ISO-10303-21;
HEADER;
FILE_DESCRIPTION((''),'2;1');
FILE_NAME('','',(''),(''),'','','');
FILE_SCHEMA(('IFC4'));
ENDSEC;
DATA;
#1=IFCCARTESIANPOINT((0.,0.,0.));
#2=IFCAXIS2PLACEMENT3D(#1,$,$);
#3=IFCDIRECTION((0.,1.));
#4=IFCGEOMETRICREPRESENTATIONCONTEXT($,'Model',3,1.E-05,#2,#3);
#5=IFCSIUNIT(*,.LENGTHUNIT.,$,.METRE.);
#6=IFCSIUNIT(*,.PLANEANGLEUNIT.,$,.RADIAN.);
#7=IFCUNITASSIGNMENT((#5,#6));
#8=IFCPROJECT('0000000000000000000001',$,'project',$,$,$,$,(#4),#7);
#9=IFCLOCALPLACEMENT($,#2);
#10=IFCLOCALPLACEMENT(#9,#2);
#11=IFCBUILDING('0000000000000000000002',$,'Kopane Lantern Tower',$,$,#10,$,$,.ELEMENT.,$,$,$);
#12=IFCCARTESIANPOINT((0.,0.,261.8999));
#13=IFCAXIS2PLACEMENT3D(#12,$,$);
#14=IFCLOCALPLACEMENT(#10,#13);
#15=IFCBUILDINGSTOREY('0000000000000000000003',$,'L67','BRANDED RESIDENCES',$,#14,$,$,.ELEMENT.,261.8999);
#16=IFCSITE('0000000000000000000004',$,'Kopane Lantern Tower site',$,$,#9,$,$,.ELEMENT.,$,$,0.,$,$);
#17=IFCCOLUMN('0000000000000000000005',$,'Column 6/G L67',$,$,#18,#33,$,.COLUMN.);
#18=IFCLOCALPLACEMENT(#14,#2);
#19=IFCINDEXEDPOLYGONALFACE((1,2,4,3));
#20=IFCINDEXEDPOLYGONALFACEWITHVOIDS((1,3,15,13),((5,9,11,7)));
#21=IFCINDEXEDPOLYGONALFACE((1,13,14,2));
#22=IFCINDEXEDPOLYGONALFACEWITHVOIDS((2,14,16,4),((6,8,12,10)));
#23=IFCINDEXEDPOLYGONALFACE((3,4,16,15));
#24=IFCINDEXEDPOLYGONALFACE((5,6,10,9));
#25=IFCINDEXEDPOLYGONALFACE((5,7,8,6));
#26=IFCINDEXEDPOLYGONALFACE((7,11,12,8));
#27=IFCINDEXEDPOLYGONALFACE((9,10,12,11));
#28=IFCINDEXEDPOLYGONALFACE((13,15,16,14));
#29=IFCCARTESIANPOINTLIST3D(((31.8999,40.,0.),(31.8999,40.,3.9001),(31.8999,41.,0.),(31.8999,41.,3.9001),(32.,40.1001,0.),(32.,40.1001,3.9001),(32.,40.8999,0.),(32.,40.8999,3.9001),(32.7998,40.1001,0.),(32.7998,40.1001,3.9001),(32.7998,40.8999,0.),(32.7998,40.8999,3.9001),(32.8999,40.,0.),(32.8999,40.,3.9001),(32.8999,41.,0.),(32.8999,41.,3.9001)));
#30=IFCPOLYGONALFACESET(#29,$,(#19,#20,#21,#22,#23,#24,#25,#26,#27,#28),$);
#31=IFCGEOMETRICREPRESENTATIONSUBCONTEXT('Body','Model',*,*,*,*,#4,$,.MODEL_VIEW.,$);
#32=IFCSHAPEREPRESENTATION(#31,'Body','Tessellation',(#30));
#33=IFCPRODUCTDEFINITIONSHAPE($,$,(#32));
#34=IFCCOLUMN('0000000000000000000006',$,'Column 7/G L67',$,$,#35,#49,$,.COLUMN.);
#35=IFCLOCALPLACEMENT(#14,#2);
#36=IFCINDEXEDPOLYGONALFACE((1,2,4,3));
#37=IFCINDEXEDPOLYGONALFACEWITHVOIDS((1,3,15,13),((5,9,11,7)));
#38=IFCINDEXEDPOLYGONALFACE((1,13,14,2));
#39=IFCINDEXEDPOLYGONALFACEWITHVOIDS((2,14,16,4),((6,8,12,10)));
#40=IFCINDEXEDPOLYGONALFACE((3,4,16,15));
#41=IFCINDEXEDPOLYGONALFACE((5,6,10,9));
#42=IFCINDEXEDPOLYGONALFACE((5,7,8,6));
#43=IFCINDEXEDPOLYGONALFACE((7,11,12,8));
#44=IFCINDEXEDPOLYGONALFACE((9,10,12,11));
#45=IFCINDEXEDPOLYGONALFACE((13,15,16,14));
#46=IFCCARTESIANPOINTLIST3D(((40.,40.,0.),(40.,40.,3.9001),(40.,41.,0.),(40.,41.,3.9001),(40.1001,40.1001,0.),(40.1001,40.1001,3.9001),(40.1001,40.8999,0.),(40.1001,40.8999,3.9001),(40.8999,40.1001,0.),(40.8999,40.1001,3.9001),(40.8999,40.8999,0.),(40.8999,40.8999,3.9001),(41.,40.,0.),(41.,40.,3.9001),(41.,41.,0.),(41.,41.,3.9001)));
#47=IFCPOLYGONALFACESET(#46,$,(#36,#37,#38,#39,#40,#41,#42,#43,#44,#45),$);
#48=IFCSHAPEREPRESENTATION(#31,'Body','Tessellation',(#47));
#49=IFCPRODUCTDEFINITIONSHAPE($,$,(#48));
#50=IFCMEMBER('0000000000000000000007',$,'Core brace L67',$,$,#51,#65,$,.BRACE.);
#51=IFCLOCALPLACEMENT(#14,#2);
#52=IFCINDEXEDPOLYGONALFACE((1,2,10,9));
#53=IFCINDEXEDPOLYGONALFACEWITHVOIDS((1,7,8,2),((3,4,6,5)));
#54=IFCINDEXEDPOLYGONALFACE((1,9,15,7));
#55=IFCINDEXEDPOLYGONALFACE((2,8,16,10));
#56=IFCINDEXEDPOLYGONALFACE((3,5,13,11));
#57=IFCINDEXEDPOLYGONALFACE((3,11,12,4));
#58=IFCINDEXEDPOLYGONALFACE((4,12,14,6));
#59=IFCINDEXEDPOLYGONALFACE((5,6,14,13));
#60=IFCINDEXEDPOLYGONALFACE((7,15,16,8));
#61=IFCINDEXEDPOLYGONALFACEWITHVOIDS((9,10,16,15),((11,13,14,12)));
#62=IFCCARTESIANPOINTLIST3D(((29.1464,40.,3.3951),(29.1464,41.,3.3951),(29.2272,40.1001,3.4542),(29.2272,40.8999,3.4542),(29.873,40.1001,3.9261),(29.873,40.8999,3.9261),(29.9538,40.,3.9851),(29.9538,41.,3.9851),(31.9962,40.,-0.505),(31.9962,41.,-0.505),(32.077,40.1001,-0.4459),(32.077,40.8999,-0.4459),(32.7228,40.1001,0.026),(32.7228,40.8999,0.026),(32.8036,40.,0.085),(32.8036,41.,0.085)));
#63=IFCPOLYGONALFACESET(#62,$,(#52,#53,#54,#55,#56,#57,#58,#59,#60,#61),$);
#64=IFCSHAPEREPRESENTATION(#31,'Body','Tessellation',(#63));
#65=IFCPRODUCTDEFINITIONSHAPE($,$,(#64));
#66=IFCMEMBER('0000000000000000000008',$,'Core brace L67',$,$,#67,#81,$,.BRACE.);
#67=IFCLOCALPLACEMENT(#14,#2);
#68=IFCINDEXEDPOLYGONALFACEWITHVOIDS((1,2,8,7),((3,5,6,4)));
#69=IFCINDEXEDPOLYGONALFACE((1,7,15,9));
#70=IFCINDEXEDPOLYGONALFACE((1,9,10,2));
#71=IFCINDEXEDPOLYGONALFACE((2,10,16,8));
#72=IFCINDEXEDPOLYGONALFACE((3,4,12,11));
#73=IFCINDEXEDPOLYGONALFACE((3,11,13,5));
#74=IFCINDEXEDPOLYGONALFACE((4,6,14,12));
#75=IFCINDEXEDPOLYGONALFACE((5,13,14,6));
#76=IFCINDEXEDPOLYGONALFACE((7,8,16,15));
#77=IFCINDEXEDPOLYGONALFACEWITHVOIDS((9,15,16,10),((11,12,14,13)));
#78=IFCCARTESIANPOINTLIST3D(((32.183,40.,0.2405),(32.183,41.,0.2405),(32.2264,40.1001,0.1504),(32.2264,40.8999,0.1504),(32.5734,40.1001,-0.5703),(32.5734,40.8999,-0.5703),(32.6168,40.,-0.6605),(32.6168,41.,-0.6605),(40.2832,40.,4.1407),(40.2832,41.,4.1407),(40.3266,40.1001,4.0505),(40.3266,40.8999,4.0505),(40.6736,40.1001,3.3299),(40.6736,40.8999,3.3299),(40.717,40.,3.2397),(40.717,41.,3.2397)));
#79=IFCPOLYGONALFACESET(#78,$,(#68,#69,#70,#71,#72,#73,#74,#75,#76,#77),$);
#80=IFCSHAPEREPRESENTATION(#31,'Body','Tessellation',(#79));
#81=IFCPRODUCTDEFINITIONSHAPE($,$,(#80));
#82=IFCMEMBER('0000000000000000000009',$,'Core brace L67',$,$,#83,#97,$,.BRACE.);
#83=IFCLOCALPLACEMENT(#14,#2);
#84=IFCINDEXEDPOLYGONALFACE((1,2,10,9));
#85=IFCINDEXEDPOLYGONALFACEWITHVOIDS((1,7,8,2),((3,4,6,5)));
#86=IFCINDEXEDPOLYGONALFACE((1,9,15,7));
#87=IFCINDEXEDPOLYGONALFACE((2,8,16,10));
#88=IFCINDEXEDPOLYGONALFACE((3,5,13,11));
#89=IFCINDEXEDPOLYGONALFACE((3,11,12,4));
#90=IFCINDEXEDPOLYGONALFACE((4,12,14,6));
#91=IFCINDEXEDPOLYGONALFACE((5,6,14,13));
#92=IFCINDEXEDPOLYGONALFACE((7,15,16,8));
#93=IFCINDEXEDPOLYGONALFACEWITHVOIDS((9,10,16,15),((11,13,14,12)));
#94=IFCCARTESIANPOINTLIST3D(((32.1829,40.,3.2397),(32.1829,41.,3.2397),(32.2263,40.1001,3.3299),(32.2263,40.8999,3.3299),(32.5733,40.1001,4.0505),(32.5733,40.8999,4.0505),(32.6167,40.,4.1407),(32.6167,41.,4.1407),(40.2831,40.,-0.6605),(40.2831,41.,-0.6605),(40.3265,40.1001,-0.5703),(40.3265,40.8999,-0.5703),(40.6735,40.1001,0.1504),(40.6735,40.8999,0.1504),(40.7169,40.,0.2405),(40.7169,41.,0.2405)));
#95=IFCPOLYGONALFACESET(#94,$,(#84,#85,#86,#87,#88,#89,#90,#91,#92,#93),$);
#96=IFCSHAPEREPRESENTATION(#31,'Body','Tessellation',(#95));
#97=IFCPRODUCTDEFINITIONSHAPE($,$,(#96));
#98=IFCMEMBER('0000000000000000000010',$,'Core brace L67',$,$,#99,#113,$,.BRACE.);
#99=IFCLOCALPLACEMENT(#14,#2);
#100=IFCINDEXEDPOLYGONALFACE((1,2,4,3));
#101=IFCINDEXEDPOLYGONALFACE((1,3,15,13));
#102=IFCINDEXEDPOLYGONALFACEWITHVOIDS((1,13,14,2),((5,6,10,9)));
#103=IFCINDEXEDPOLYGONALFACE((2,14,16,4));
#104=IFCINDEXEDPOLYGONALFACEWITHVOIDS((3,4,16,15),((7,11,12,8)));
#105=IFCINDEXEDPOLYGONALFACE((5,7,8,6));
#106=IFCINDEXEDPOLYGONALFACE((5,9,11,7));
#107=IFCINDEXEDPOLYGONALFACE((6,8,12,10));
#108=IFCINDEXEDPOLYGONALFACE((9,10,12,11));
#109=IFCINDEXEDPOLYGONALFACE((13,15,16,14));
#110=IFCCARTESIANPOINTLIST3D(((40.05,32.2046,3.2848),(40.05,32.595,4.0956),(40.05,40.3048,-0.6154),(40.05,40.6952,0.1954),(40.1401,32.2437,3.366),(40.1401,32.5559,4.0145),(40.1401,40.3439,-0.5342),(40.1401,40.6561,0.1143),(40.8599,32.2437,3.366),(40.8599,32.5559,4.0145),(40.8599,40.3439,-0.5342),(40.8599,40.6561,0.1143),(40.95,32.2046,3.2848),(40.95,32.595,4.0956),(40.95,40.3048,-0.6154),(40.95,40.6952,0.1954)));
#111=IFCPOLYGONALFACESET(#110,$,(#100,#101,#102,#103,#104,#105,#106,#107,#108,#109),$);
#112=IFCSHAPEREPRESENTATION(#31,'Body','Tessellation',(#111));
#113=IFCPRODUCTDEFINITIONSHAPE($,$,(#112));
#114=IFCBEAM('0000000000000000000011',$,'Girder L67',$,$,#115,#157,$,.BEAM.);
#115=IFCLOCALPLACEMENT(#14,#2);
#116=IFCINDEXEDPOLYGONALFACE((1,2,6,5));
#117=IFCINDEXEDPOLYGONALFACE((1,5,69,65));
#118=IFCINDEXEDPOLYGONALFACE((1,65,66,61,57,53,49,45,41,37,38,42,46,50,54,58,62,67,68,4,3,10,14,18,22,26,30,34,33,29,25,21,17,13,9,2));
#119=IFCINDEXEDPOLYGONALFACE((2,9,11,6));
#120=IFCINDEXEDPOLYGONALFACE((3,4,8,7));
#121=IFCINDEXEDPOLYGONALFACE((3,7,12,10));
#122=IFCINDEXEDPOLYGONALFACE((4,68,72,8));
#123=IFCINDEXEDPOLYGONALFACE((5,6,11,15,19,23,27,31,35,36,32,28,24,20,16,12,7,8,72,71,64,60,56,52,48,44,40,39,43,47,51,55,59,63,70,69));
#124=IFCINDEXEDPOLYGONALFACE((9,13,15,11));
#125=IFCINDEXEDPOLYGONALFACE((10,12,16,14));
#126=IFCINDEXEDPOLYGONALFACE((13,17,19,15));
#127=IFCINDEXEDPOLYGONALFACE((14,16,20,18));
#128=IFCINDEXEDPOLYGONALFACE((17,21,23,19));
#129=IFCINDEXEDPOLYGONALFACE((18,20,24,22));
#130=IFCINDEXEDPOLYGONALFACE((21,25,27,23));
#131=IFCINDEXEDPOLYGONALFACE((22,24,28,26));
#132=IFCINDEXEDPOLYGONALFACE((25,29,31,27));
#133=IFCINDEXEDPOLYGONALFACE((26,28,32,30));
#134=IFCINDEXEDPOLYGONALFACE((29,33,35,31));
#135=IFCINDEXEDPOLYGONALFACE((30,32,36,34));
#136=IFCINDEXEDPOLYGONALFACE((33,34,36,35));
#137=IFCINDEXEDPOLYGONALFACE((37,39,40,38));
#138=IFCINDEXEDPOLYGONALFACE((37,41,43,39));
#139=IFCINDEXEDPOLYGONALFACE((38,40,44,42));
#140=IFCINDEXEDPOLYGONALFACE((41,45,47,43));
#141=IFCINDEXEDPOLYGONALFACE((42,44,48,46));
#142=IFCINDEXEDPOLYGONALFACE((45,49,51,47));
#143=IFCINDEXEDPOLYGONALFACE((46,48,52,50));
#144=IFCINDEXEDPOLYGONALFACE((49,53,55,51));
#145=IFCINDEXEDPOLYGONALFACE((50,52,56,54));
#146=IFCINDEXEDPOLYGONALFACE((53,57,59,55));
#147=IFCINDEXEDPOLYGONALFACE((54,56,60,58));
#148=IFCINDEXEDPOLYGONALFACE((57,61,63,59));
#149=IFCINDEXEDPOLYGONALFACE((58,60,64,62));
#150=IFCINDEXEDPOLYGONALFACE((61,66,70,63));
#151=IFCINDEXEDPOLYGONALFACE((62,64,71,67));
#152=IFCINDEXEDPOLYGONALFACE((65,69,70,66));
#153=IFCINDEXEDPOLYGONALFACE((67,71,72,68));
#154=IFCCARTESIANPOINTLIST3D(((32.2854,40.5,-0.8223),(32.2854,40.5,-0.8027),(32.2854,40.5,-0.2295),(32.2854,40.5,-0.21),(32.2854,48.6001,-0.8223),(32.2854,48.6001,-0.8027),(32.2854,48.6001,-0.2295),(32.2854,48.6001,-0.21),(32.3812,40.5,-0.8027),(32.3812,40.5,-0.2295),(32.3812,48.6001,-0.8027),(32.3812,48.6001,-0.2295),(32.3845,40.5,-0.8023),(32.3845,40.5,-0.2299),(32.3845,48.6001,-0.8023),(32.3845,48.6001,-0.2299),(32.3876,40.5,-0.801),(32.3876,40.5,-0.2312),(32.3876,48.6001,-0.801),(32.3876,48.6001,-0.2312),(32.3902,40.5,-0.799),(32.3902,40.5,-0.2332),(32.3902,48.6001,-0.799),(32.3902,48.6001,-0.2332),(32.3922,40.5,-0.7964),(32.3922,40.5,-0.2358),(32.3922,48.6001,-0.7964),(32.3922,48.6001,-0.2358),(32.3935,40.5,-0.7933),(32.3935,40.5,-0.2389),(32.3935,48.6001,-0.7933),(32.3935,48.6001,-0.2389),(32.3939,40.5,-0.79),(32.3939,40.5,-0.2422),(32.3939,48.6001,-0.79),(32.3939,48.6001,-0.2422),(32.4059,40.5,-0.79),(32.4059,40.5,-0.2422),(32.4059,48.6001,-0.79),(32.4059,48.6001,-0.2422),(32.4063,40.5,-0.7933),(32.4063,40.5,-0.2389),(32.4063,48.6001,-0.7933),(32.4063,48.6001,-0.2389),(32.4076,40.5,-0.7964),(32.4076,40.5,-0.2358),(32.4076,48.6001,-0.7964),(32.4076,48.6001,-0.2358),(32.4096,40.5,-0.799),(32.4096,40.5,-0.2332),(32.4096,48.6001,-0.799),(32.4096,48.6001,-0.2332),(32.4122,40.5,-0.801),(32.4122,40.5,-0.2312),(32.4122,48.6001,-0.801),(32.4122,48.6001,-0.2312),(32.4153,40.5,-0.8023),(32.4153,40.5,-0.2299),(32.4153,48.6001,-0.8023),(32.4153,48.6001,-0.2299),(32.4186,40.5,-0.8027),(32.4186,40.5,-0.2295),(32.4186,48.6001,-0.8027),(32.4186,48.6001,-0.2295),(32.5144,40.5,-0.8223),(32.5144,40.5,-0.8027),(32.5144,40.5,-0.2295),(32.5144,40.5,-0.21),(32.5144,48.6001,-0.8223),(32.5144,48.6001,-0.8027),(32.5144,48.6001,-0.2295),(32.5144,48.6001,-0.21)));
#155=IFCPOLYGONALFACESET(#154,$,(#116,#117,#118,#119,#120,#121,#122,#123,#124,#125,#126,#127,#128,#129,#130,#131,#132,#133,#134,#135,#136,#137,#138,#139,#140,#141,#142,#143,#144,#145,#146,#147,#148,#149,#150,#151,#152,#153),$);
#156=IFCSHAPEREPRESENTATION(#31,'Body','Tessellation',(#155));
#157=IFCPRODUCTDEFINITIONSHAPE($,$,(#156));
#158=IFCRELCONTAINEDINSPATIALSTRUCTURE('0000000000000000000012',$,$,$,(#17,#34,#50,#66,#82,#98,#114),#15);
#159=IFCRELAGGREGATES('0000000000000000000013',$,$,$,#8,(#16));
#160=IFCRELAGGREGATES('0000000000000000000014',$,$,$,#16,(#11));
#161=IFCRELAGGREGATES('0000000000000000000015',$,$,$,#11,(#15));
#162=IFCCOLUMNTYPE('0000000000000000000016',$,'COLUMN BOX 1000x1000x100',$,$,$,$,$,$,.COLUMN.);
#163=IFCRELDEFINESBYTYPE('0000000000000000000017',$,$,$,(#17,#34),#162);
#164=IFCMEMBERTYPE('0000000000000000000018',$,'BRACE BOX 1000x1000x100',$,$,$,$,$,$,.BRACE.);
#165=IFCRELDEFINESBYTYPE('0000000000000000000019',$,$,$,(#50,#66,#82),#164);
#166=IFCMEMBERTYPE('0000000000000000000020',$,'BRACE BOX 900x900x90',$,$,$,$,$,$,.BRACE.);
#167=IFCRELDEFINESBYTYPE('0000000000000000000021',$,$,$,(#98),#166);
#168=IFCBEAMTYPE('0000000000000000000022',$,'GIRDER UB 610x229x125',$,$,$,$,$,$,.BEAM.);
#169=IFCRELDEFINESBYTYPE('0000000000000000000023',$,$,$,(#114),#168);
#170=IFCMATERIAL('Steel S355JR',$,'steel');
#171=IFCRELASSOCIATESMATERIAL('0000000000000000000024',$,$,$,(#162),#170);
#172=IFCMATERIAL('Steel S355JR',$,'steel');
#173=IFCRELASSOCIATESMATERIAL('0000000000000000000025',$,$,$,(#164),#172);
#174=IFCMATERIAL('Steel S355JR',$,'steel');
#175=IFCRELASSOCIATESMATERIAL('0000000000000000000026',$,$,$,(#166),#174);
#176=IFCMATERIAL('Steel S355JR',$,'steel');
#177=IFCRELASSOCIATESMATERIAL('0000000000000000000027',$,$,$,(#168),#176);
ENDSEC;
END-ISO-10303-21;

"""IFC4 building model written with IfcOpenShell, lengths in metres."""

from ifc_helpers import new_model, si_unit, direction, frame, origin, origin_2d, place, context, subcontext, project, spatial, hollow_rectangle, i_section, extrude, material, material_profile, profile_set, type_object, element, save


model = new_model("IFC4")

# Units and contexts
model_context = context("Model", 3, precision=1e-05, world=origin(), true_north=direction((0.0, 1.0)))
body_context = subcontext(model_context, "Body", "Model", "MODEL_VIEW")
ifc_project = project(units=[si_unit("LENGTHUNIT", "METRE"), si_unit("PLANEANGLEUNIT", "RADIAN")], contexts=[model_context])

# Site, building, storey
site_placement = place(None, origin())
site = spatial("IfcSite", under=ifc_project, at=site_placement, Name="Kopane Lantern Tower site", CompositionType="ELEMENT", RefElevation=0.0)
building_placement = place(site_placement, origin())
building = spatial("IfcBuilding", under=site, at=building_placement, Name="Kopane Lantern Tower", CompositionType="ELEMENT")
storey_placement = place(building_placement, frame((0.0, 0.0, 261.8999)))
storey = spatial("IfcBuildingStorey", under=building, at=storey_placement, Name="L67", Description="BRANDED RESIDENCES", CompositionType="ELEMENT", Elevation=261.8999)

# Columns
ifc_material_1 = material(Name="Steel S355JR", Category="steel")
ifc_material_profile_1 = material_profile(ifc_material_1, hollow_rectangle(XDim=1.0, YDim=1.0, WallThickness=0.1001, at=origin_2d()), Name="BOX 1000x1000x100")
ifc_profile_set_1 = profile_set([ifc_material_profile_1], Name="Steel S355JR")
column_type = type_object("IfcColumnType", Name="COLUMN BOX 1000x1000x100", PredefinedType="COLUMN", material=ifc_profile_set_1)
for number, where, z_axis, x_axis, name in (
    (1, (32.3999, 40.5, 0.0), (0.0, 0.0, 1.0), (1.0, 0.0, 0.0), "Column 6/G L67"),
    (2, (40.5, 40.5, 0.0), (0.0, 0.0, 1.0), (1.0, 0.0, 0.0), "Column 7/G L67"),
):
    element("IfcColumn", number, at=place(storey_placement, frame(where, z_axis=z_axis, x_axis=x_axis)), inside=storey, type_object=column_type, Name=name, PredefinedType="COLUMN", context=body_context, shape_type="SweptSolid", body=[
        extrude(hollow_rectangle(XDim=1.0, YDim=1.0, WallThickness=0.1001, at=origin_2d()), origin(), (0.0, 0.0, 1.0), 3.9001),
    ])

# Members
ifc_material_2 = material(Name="Steel S355JR", Category="steel")
ifc_material_profile_2 = material_profile(ifc_material_2, hollow_rectangle(XDim=1.0, YDim=1.0, WallThickness=0.1001, at=origin_2d()), Name="BOX 1000x1000x100")
ifc_profile_set_2 = profile_set([ifc_material_profile_2], Name="Steel S355JR")
member_type_1 = type_object("IfcMemberType", Name="BRACE BOX 1000x1000x100", PredefinedType="BRACE", material=ifc_profile_set_2)
member_1_placement = place(storey_placement, frame((32.3999, 40.5, -0.21), z_axis=(-0.589982, 0.0, 0.807416), x_axis=(0.0, -1.0, 0.0)))
element("IfcMember", 3, at=member_1_placement, inside=storey, type_object=member_type_1, Name="Core brace L67", PredefinedType="BRACE", context=body_context, shape_type="SweptSolid", body=[
    extrude(hollow_rectangle(XDim=1.0, YDim=1.0, WallThickness=0.1001, at=origin_2d()), origin(), (0.0, 0.0, 1.0), 4.8303),
])
for number, where, z_axis, x_axis, name in (
    (4, (32.3999, 40.5, -0.21), (0.900997, 0.0, 0.433825), (0.0, 1.0, 0.0), "Core brace L67"),
    (5, (40.5, 40.5, -0.21), (-0.900997, 0.0, 0.433825), (0.0, -1.0, 0.0), "Core brace L67"),
):
    element("IfcMember", number, at=place(storey_placement, frame(where, z_axis=z_axis, x_axis=x_axis)), inside=storey, type_object=member_type_1, Name=name, PredefinedType="BRACE", context=body_context, shape_type="SweptSolid", body=[
        extrude(hollow_rectangle(XDim=1.0, YDim=1.0, WallThickness=0.1001, at=origin_2d()), origin(), (0.0, 0.0, 1.0), 8.9902),
    ])
ifc_material_3 = material(Name="Steel S355JR", Category="steel")
ifc_material_profile_3 = material_profile(ifc_material_3, hollow_rectangle(XDim=0.8999, YDim=0.8999, WallThickness=0.0901, at=origin_2d()), Name="BOX 900x900x90")
ifc_profile_set_3 = profile_set([ifc_material_profile_3], Name="Steel S355JR")
member_type_2 = type_object("IfcMemberType", Name="BRACE BOX 900x900x90", PredefinedType="BRACE", material=ifc_profile_set_3)
member_2_placement = place(storey_placement, frame((40.5, 40.5, -0.21), z_axis=(0.0, -0.900997, 0.433825), x_axis=(1.0, 0.0, 0.0)))
element("IfcMember", 6, at=member_2_placement, inside=storey, type_object=member_type_2, Name="Core brace L67", PredefinedType="BRACE", context=body_context, shape_type="SweptSolid", body=[
    extrude(hollow_rectangle(XDim=0.8999, YDim=0.8999, WallThickness=0.0901, at=origin_2d()), origin(), (0.0, 0.0, 1.0), 8.9902),
])

# Beam
ifc_material_4 = material(Name="Steel S355JR", Category="steel")
ifc_material_profile_4 = material_profile(ifc_material_4, i_section(OverallWidth=0.229, OverallDepth=0.6123, WebThickness=0.012, FlangeThickness=0.0195, FilletRadius=0.0127, at=origin_2d()), Name="UB 610x229x125")
ifc_profile_set_4 = profile_set([ifc_material_profile_4], Name="Steel S355JR")
beam_type = type_object("IfcBeamType", Name="GIRDER UB 610x229x125", PredefinedType="BEAM", material=ifc_profile_set_4)
for number, where, z_axis, x_axis, name in (
    (7, (32.3999, 40.5, -0.5161), (0.0, 1.0, 0.0), (-1.0, 0.0, 0.0), "Girder L67"),
):
    element("IfcBeam", number, at=place(storey_placement, frame(where, z_axis=z_axis, x_axis=x_axis)), inside=storey, type_object=beam_type, Name=name, PredefinedType="BEAM", context=body_context, shape_type="SweptSolid", body=[
        extrude(i_section(OverallWidth=0.229, OverallDepth=0.6123, WebThickness=0.012, FlangeThickness=0.0195, FilletRadius=0.0127, at=origin_2d()), origin(), (0.0, 0.0, 1.0), 8.1001),
    ])

save(model, "model.ifc")
